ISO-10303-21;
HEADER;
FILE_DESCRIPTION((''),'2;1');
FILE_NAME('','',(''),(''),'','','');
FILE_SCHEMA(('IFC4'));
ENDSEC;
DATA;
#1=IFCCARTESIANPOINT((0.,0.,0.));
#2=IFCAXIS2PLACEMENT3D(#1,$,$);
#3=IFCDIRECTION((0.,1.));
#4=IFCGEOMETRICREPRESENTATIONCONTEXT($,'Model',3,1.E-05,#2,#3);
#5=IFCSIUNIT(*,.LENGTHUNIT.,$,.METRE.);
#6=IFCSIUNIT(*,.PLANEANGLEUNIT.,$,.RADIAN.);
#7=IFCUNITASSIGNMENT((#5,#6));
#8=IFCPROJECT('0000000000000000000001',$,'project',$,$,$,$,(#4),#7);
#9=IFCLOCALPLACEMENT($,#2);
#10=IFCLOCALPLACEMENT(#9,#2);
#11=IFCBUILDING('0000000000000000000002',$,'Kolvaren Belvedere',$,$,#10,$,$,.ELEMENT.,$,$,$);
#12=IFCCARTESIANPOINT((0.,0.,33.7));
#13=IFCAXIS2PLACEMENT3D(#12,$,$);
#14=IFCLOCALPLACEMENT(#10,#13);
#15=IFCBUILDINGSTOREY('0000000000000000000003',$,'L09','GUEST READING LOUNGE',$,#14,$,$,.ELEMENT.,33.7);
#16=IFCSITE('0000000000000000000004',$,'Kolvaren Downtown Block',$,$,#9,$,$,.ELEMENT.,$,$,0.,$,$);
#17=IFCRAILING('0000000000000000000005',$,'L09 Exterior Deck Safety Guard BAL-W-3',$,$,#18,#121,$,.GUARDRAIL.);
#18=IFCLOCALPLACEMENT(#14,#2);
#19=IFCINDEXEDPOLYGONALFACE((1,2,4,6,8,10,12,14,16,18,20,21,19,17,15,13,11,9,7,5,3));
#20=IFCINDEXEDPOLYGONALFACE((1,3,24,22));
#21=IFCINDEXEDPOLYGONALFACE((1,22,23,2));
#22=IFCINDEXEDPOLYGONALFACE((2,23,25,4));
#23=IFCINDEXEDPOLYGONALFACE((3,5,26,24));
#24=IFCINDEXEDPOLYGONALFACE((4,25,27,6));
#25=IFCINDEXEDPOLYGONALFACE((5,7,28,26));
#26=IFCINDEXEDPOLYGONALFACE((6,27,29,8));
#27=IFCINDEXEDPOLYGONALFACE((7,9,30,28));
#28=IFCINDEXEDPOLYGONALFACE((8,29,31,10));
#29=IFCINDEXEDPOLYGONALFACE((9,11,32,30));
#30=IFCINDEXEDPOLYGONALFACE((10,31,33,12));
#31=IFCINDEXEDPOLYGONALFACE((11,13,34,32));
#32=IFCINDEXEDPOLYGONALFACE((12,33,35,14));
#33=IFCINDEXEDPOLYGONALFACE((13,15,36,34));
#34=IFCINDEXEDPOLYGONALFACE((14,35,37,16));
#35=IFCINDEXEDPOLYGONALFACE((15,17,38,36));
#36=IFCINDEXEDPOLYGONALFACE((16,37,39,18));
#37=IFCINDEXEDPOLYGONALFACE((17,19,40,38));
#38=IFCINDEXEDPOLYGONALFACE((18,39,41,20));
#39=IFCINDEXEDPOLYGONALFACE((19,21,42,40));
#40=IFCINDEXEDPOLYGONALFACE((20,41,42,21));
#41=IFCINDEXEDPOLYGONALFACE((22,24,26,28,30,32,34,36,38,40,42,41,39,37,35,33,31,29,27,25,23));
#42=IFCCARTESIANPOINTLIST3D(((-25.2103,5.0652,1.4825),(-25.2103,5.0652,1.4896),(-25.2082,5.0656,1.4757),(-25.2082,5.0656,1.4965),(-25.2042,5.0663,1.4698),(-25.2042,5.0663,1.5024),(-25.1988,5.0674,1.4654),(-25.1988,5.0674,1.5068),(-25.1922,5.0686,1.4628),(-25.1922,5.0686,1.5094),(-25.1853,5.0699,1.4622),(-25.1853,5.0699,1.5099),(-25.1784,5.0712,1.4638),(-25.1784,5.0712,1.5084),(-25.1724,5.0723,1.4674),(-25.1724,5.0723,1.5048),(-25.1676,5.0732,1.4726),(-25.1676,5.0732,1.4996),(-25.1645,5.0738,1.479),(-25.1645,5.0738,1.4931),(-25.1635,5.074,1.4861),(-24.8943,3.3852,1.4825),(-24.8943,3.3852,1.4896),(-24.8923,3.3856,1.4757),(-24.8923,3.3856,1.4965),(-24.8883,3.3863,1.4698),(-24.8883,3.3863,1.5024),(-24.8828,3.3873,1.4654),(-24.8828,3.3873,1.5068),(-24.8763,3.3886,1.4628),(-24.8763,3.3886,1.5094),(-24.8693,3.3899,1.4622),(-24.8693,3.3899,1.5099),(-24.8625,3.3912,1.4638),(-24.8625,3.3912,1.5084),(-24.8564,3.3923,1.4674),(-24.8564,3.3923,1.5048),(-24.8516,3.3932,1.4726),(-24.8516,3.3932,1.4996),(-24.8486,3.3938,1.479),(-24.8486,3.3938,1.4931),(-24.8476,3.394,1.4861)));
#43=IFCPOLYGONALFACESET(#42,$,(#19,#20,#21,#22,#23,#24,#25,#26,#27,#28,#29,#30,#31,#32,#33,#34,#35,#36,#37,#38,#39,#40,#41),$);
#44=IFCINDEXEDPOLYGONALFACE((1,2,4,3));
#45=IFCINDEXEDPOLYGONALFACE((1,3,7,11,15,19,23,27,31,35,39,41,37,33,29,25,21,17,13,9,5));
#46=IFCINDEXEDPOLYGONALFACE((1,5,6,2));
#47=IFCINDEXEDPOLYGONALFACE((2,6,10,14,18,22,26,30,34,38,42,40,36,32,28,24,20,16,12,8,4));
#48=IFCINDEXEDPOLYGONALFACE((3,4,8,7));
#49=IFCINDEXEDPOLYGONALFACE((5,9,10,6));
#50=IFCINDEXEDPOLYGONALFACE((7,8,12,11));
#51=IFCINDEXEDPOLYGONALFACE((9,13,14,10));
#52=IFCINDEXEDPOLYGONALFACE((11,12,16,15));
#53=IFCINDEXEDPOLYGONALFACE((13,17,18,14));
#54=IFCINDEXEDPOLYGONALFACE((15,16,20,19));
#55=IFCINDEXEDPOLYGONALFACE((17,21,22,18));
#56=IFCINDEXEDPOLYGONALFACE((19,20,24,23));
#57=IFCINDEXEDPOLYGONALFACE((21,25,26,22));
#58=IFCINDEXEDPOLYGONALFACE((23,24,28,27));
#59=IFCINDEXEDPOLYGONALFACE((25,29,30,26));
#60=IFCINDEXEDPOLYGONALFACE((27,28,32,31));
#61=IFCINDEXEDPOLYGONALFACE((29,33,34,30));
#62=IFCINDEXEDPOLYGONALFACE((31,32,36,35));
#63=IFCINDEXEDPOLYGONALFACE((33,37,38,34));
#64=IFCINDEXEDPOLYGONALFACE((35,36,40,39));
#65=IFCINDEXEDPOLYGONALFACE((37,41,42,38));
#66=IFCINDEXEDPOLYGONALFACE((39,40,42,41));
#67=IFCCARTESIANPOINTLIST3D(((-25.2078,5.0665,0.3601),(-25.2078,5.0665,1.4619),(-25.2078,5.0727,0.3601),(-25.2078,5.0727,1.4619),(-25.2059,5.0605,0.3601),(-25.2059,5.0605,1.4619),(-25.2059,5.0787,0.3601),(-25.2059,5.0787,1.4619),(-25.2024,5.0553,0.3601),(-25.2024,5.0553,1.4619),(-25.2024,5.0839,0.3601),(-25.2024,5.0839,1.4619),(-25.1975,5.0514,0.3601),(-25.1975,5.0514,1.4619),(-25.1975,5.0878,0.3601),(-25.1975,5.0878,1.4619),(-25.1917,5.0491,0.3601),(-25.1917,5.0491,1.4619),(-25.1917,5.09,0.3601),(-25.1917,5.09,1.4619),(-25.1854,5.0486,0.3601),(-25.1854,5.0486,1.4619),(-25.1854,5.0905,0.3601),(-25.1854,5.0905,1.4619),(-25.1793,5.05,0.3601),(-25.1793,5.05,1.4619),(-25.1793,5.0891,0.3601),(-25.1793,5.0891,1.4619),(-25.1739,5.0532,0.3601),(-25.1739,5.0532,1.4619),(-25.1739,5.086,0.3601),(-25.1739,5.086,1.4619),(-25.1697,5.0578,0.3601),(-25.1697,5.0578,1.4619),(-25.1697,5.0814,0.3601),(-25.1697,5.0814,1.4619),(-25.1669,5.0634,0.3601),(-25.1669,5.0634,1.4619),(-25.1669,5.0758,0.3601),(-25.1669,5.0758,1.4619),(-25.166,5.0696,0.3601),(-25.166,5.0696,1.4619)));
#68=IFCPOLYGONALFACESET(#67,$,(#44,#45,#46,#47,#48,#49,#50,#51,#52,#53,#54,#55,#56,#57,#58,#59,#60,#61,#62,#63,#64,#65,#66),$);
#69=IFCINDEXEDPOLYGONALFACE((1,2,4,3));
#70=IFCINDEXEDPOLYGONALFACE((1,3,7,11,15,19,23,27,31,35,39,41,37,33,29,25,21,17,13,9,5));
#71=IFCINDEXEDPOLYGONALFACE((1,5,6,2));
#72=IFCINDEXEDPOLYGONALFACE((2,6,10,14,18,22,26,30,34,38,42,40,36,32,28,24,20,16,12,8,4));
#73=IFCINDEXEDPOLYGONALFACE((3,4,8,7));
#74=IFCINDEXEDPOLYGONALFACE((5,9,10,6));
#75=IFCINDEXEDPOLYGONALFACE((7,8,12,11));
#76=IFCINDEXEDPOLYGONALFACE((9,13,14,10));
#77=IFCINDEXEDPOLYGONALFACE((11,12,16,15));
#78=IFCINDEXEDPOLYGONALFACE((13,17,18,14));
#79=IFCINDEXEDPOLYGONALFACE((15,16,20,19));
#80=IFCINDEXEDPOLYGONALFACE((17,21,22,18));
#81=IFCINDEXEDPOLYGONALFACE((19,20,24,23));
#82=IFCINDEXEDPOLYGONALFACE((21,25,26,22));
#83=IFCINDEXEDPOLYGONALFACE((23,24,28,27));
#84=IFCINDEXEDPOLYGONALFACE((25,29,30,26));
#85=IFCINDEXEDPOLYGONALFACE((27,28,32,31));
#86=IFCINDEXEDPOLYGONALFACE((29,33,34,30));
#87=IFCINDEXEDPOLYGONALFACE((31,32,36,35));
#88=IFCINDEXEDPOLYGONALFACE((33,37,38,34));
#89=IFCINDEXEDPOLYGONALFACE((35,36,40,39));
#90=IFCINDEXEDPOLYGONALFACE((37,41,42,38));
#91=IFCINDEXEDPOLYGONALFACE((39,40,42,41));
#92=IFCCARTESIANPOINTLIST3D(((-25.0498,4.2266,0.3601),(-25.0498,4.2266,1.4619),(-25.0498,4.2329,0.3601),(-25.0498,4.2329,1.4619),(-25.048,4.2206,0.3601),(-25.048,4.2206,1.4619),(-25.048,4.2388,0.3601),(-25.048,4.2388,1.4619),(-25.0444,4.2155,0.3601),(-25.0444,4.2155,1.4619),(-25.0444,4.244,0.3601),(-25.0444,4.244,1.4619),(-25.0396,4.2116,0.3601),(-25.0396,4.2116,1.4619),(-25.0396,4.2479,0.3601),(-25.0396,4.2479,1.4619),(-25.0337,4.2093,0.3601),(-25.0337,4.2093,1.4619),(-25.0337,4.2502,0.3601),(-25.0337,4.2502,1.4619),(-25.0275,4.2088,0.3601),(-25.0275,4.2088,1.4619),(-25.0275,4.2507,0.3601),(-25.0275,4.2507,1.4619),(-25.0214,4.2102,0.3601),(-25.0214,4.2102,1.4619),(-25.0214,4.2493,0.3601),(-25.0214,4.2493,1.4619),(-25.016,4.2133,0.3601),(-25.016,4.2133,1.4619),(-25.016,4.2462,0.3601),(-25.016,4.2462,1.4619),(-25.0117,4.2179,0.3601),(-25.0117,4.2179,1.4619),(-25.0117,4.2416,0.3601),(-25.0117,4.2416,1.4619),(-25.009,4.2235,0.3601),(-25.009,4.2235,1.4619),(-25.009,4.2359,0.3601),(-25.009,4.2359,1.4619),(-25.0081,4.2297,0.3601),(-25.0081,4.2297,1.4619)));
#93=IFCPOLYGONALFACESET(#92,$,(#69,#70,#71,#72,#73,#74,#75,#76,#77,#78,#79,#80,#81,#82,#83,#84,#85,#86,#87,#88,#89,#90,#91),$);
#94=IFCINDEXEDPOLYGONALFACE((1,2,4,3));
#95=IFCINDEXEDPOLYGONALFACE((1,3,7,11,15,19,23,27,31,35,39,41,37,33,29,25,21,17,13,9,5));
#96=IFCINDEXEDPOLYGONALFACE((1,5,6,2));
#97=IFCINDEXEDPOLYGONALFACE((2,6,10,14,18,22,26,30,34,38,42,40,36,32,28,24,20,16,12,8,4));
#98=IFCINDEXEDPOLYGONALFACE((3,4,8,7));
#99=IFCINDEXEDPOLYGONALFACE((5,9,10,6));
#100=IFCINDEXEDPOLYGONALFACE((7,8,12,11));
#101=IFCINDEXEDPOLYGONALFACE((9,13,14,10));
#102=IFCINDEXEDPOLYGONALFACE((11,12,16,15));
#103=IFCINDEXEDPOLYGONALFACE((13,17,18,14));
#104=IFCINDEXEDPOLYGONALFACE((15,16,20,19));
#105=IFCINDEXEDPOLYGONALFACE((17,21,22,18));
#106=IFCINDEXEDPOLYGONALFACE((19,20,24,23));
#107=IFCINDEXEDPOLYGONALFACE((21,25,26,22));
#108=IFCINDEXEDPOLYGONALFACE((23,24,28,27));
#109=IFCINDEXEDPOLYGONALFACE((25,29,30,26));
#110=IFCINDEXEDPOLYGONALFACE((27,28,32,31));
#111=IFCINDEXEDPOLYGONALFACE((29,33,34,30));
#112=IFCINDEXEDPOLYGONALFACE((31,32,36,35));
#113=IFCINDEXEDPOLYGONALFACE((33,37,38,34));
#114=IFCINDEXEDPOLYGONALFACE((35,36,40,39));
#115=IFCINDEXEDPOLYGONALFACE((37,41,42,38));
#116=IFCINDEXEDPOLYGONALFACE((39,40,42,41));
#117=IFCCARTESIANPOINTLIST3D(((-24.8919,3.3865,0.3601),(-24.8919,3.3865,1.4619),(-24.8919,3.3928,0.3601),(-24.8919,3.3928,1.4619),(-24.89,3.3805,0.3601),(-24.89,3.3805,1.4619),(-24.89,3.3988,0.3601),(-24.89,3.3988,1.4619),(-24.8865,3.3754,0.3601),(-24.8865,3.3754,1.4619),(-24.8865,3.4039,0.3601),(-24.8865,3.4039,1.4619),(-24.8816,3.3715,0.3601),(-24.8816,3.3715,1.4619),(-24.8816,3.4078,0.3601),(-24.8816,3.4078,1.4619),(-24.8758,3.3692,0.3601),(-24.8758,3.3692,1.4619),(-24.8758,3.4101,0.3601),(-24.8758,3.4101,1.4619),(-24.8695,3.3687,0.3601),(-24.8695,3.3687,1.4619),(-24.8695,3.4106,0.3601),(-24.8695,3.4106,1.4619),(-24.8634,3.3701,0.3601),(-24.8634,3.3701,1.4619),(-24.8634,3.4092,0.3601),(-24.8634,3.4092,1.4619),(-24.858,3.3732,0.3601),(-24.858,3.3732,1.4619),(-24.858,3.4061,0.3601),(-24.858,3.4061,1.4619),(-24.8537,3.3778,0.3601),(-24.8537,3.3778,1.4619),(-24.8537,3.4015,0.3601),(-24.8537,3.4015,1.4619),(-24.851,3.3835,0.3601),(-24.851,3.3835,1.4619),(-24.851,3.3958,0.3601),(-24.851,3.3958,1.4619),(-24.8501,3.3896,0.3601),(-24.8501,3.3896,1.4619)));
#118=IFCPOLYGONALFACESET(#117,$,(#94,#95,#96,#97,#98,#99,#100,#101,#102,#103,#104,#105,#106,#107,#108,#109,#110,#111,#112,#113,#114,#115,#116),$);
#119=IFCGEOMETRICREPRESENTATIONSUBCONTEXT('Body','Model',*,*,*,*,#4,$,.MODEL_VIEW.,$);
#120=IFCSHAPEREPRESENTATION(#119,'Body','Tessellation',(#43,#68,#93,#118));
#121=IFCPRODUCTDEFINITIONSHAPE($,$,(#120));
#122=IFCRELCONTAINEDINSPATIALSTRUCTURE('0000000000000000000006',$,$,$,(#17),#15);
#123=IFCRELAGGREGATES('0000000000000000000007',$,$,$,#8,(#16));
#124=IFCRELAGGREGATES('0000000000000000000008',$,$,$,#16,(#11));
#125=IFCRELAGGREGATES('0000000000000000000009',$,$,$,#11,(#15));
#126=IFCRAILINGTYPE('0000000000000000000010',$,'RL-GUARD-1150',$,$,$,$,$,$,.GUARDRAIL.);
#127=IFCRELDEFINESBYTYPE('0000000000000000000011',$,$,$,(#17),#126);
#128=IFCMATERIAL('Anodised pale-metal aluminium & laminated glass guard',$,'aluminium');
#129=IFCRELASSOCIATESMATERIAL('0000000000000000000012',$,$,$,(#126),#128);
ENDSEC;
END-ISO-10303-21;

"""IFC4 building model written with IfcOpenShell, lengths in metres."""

from ifc_helpers import new_model, si_unit, direction, frame, origin, origin_2d, place, context, subcontext, project, spatial, circle, extrude, material, type_object, element, save


model = new_model("IFC4")

# Units and contexts
model_context = context("Model", 3, precision=1e-05, world=origin(), true_north=direction((0.0, 1.0)))
body_context = subcontext(model_context, "Body", "Model", "MODEL_VIEW")
ifc_project = project(units=[si_unit("LENGTHUNIT", "METRE"), si_unit("PLANEANGLEUNIT", "RADIAN")], contexts=[model_context])

# Site, building, storey
site_placement = place(None, origin())
site = spatial("IfcSite", under=ifc_project, at=site_placement, Name="Kolvaren Downtown Block", CompositionType="ELEMENT", RefElevation=0.0)
building_placement = place(site_placement, origin())
building = spatial("IfcBuilding", under=site, at=building_placement, Name="Kolvaren Belvedere", CompositionType="ELEMENT")
storey_placement = place(building_placement, frame((0.0, 0.0, 33.7)))
storey = spatial("IfcBuildingStorey", under=building, at=storey_placement, Name="L09", Description="GUEST READING LOUNGE", CompositionType="ELEMENT", Elevation=33.7)

# Railing
ifc_material_1 = material(Name="Anodised pale-metal aluminium & laminated glass guard", Category="aluminium")
railing_type = type_object("IfcRailingType", Name="RL-GUARD-1150", PredefinedType="GUARDRAIL", material=ifc_material_1)
railing_1_placement = place(storey_placement, frame((-25.187, 5.0696, 0.3601)))
element("IfcRailing", 1, at=railing_1_placement, inside=storey, type_object=railing_type, Name="L09 Exterior Deck Safety Guard BAL-W-3", PredefinedType="GUARDRAIL", context=body_context, shape_type="SweptSolid", body=[
    extrude(circle(Radius=0.0239, at=origin_2d()), frame((0.0, 0.0, 1.126), z_axis=(0.184815, -0.982773, 0.0), x_axis=(0.982773, 0.184815, 0.0)), (0.0, 0.0, 1.0), 1.7095),
    extrude(circle(Radius=0.021, at=origin_2d()), origin(), (0.0, 0.0, 1.0), 1.1018),
    extrude(circle(Radius=0.021, at=origin_2d()), frame((0.158, -0.8398, 0.0)), (0.0, 0.0, 1.0), 1.1018),
    extrude(circle(Radius=0.021, at=origin_2d()), frame((0.3159, -1.6799, 0.0)), (0.0, 0.0, 1.0), 1.1018),
])

save(model, "model.ifc")
